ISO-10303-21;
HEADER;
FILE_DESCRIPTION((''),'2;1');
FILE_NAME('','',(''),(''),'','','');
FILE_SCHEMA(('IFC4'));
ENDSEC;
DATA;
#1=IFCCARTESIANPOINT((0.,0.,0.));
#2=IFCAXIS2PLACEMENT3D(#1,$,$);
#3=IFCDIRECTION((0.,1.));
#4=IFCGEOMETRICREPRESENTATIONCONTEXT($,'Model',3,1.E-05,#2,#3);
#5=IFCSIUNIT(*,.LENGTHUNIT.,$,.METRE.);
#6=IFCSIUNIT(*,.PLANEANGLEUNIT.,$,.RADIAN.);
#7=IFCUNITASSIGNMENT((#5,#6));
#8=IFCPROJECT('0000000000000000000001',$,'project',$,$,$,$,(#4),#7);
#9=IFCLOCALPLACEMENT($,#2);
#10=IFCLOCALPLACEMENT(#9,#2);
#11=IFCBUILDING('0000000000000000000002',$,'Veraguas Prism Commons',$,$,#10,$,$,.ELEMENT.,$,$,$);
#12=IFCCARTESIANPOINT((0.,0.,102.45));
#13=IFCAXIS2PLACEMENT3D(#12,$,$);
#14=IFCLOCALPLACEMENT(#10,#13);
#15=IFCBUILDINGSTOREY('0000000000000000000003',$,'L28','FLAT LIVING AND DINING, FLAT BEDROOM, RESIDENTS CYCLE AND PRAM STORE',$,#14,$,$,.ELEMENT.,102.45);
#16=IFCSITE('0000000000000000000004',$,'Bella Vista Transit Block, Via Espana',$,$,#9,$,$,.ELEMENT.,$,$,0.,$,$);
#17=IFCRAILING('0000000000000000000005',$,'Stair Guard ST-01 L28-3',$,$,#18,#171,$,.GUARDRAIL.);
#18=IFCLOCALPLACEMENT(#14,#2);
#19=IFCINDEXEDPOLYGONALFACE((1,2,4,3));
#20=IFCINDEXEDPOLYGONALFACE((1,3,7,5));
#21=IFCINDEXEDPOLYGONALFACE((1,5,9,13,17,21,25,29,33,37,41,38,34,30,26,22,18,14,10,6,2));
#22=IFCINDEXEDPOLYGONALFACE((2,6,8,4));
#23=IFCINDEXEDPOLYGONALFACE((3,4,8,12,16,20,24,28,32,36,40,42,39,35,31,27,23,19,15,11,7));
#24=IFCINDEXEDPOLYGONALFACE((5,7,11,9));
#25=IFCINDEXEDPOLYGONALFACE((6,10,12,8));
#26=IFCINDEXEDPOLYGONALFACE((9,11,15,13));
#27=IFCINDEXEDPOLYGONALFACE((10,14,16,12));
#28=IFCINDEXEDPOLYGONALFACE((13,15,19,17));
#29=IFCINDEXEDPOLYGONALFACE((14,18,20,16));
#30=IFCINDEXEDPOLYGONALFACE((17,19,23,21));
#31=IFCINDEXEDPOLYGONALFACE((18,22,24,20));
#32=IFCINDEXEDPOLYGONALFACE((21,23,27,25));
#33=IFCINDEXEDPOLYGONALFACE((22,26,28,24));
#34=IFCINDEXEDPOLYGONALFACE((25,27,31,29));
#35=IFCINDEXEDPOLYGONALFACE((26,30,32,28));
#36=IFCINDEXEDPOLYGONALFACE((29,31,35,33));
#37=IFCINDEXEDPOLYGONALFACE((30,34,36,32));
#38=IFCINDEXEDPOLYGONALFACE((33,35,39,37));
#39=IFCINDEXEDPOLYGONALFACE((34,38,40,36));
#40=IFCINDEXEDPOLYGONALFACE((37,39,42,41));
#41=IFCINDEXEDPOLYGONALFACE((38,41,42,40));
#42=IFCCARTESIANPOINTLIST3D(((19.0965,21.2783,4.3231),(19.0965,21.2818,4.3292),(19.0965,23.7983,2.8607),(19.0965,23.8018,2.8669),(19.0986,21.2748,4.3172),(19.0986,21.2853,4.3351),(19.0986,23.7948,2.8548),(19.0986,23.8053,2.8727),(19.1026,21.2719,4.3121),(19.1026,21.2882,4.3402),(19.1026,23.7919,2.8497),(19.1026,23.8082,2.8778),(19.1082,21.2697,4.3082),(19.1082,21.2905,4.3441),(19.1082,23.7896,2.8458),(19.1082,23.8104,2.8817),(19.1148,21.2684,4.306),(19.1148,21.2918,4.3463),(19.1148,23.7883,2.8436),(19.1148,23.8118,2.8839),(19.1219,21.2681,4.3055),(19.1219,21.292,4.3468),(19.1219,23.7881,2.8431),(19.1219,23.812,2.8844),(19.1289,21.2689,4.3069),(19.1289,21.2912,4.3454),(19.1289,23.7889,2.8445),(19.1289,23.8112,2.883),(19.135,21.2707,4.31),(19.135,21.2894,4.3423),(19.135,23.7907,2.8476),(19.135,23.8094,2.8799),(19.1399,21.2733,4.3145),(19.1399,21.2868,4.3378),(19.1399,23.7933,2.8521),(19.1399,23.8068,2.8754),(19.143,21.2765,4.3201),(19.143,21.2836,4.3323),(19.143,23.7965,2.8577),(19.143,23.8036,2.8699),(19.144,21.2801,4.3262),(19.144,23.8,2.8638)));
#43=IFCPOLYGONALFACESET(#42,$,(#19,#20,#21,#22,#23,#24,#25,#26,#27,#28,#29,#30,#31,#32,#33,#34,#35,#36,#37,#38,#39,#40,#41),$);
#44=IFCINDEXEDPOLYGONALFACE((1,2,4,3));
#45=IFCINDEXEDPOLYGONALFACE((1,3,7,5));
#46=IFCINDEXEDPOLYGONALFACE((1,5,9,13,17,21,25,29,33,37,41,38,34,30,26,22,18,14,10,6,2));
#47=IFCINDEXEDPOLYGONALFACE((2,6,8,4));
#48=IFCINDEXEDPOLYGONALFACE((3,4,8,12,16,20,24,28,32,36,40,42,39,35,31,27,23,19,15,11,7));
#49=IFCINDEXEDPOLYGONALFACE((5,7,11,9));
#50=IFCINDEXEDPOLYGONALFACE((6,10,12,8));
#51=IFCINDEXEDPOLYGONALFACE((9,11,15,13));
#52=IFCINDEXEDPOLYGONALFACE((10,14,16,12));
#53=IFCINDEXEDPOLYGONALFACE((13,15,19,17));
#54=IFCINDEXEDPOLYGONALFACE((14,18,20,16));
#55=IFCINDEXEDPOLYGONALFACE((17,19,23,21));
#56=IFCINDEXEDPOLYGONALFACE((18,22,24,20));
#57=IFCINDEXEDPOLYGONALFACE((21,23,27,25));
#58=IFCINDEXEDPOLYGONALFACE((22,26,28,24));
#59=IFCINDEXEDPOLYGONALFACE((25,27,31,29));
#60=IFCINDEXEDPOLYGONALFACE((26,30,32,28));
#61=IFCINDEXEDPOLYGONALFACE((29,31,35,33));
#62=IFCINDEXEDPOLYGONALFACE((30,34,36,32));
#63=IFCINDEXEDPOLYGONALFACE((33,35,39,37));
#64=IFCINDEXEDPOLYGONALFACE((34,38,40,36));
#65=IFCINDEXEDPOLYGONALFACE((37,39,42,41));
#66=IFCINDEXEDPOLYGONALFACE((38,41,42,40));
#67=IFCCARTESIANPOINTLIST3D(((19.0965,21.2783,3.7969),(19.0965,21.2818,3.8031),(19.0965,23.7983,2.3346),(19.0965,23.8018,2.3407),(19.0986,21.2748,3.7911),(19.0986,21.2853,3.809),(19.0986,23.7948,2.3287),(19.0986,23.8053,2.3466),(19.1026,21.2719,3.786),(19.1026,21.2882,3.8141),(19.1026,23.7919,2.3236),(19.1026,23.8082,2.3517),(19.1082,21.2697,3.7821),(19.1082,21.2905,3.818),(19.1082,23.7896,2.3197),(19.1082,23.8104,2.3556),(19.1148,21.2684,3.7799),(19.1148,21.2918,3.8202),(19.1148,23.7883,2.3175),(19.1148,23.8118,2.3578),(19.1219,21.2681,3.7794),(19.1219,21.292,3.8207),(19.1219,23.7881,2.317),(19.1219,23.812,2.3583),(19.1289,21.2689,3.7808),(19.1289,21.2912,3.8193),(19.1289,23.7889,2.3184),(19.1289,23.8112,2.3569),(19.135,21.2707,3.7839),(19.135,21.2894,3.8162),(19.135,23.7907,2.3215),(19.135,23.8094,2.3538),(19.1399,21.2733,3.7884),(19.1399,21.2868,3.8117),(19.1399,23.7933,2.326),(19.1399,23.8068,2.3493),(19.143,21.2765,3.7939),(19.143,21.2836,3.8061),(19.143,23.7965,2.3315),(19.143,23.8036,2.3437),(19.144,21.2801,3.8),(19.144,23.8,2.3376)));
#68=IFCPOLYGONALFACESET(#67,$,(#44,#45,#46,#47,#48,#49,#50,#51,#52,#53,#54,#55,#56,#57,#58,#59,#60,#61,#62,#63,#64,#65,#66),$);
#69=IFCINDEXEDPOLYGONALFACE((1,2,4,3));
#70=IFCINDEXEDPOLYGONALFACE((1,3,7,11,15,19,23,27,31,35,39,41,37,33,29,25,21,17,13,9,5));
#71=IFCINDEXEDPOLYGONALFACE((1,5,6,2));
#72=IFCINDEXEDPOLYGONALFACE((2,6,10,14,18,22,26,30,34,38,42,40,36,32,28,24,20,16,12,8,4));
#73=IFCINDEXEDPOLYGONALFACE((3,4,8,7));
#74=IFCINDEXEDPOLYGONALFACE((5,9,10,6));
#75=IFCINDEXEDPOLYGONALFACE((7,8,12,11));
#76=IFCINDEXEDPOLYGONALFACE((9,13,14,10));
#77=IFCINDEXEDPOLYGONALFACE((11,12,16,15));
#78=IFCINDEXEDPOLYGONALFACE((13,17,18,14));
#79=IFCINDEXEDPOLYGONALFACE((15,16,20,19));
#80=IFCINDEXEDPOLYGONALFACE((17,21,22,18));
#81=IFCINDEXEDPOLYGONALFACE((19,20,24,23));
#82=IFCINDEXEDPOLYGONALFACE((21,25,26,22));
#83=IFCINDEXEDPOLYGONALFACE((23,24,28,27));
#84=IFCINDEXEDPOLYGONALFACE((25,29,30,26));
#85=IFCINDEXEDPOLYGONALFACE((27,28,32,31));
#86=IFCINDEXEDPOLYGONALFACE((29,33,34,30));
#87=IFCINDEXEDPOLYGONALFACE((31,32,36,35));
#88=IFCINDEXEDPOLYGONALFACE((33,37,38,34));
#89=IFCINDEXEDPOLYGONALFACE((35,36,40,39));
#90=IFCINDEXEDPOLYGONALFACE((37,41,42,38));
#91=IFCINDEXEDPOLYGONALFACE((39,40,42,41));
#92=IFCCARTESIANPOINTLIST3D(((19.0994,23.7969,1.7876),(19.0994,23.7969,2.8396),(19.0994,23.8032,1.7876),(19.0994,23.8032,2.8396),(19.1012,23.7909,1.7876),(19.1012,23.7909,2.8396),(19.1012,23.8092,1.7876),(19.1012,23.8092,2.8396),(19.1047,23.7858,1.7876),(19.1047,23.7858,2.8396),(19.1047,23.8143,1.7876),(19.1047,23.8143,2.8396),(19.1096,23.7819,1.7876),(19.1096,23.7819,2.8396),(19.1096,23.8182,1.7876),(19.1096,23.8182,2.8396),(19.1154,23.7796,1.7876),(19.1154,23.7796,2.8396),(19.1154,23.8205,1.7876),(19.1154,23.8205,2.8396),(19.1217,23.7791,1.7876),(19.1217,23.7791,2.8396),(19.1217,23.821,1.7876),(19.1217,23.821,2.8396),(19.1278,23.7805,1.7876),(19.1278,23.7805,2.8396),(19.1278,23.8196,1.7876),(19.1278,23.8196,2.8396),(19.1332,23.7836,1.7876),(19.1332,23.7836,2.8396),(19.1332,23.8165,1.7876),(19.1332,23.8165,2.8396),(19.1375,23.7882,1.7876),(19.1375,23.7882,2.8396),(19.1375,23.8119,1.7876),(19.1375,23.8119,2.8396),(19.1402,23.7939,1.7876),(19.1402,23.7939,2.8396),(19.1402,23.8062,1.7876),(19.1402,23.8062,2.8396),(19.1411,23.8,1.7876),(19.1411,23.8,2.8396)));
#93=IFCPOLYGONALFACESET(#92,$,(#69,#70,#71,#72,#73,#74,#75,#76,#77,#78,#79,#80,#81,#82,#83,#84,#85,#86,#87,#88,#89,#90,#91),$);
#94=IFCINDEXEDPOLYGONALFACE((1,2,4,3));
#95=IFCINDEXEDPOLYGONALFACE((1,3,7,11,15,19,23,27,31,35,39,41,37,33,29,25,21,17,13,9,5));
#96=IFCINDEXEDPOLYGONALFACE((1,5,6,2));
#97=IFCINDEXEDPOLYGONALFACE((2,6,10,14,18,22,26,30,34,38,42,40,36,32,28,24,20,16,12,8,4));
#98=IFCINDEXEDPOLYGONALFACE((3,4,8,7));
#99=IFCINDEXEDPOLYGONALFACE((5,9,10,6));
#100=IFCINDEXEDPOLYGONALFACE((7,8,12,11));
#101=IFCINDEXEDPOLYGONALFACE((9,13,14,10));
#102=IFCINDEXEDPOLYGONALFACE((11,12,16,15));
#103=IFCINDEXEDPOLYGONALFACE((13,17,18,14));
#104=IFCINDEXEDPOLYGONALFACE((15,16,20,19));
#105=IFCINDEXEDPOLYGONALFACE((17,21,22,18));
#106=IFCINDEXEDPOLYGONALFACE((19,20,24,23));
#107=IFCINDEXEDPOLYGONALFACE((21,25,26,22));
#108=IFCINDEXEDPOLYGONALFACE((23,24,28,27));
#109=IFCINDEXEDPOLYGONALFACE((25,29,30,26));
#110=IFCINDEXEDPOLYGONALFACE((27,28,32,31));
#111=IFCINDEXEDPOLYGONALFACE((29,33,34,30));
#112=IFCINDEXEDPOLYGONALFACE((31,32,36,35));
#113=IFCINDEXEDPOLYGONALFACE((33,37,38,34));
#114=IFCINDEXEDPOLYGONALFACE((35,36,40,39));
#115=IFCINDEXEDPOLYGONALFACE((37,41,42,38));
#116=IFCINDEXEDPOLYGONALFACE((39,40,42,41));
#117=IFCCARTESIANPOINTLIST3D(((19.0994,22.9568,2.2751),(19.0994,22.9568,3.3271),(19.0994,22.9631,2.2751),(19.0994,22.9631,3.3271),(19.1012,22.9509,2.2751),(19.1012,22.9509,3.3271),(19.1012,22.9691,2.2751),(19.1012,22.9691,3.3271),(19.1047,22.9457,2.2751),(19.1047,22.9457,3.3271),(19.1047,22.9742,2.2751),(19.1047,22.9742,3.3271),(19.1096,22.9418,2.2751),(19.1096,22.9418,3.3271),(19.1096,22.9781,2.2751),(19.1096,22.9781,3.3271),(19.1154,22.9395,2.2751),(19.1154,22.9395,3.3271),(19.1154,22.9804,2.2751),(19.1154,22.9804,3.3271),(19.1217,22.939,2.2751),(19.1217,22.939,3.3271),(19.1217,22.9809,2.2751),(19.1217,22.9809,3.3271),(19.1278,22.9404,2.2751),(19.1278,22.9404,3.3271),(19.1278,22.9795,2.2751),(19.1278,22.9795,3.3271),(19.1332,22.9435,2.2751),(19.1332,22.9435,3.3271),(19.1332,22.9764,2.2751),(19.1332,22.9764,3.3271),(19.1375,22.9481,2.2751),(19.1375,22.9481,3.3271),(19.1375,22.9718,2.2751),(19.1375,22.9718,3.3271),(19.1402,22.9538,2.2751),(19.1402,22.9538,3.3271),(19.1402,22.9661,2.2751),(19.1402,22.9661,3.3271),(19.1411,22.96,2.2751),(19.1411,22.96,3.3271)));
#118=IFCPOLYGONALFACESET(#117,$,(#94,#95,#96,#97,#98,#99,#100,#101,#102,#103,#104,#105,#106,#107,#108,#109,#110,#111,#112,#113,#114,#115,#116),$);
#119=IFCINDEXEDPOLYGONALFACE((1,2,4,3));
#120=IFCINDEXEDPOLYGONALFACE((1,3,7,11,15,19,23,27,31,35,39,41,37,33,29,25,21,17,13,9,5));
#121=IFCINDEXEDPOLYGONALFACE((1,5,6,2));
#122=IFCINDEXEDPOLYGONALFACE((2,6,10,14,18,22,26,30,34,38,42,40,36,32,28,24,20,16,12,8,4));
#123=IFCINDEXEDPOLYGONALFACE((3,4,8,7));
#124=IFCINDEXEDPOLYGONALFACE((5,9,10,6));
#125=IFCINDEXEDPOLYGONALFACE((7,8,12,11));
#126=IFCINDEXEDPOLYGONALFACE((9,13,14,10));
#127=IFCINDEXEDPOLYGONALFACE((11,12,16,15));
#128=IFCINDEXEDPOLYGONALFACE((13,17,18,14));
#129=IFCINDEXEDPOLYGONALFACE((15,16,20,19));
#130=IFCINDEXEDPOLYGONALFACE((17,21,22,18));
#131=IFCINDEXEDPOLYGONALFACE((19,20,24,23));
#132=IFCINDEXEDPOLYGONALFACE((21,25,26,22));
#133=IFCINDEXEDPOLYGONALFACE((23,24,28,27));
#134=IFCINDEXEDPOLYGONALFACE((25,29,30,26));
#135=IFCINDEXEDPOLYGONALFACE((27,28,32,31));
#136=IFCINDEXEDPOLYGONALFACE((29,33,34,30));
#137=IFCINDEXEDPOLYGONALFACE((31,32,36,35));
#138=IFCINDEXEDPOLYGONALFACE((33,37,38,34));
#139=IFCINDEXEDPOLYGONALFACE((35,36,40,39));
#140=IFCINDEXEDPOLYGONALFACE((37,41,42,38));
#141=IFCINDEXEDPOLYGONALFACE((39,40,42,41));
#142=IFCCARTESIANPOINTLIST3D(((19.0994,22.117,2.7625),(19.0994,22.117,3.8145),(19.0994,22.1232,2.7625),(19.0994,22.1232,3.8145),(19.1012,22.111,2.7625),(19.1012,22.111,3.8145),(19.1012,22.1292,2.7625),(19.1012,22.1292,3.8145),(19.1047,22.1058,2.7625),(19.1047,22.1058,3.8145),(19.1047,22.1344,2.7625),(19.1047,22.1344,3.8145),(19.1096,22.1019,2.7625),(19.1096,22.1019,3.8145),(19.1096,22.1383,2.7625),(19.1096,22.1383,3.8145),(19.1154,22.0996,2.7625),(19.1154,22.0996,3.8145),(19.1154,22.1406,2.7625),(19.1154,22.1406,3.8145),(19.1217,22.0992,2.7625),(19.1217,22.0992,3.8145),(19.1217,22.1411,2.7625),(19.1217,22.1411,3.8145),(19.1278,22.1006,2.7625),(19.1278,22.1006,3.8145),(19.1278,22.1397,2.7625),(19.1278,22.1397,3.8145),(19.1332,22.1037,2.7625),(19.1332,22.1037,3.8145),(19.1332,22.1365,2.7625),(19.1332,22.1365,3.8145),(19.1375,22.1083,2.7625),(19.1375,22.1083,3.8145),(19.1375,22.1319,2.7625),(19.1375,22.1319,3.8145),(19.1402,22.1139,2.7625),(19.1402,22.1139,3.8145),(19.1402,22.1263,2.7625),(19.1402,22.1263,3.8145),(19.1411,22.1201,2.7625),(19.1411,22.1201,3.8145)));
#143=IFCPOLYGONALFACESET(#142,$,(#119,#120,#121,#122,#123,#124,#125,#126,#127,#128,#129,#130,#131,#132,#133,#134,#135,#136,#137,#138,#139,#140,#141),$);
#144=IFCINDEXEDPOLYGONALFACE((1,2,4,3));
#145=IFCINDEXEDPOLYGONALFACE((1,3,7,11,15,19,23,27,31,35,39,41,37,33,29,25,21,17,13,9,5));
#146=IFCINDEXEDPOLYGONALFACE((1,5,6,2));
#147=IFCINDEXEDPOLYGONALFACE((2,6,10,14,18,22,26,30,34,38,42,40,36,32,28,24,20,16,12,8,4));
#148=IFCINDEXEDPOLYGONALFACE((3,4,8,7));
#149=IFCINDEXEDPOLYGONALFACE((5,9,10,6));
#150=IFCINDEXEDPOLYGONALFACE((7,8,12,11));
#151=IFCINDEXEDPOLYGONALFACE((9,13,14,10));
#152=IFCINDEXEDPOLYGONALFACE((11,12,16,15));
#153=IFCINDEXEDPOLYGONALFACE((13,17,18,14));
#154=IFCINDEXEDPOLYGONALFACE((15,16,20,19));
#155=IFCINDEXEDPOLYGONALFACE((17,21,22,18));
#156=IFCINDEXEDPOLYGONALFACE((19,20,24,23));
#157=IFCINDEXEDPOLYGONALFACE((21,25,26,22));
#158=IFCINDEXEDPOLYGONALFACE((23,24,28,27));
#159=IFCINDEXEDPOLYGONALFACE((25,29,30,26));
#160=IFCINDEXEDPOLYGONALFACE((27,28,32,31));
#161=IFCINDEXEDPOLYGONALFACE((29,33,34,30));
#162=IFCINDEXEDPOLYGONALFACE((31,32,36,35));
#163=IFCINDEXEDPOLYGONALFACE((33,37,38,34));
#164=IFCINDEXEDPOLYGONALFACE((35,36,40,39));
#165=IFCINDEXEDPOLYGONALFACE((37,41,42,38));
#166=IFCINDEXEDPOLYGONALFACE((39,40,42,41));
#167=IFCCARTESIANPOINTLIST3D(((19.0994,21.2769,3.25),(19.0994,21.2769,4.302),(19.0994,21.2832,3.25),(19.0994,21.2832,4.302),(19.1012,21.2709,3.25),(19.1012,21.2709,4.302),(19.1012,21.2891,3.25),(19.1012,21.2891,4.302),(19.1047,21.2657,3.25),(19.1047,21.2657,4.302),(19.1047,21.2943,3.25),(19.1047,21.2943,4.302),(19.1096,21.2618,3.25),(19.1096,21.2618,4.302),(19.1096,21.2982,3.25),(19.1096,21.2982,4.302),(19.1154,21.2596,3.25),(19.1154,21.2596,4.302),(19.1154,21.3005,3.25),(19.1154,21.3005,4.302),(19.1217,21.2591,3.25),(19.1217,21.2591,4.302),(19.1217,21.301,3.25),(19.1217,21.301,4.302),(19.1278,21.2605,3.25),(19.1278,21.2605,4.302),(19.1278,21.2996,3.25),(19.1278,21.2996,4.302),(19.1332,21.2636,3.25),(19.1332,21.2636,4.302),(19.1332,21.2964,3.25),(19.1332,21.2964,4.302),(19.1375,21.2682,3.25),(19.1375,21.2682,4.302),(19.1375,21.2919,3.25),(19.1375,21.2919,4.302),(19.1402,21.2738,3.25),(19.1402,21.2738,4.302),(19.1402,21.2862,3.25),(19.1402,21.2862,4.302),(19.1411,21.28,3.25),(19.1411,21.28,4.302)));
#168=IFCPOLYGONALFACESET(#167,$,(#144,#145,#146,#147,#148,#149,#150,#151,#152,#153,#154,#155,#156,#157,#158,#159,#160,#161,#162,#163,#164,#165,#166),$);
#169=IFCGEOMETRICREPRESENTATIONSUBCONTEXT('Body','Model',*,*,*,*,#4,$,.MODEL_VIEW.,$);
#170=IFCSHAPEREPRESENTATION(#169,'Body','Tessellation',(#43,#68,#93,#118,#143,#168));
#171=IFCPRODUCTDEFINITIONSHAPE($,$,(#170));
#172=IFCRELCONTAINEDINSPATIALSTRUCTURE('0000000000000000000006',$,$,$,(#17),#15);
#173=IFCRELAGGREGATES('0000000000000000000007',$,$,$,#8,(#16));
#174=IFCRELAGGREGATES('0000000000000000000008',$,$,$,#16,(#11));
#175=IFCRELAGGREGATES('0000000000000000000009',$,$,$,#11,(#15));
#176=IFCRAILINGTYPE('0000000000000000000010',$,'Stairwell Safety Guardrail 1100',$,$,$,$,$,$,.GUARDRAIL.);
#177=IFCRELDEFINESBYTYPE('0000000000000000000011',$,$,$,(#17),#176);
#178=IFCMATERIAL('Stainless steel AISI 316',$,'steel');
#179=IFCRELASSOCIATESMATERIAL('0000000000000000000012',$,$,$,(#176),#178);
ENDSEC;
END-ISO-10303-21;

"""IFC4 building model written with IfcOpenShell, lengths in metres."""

from ifc_helpers import new_model, si_unit, direction, frame, origin, origin_2d, place, context, subcontext, project, spatial, circle, extrude, material, type_object, element, save


model = new_model("IFC4")

# Units and contexts
model_context = context("Model", 3, precision=1e-05, world=origin(), true_north=direction((0.0, 1.0)))
body_context = subcontext(model_context, "Body", "Model", "MODEL_VIEW")
ifc_project = project(units=[si_unit("LENGTHUNIT", "METRE"), si_unit("PLANEANGLEUNIT", "RADIAN")], contexts=[model_context])

# Site, building, storey
site_placement = place(None, origin())
site = spatial("IfcSite", under=ifc_project, at=site_placement, Name="Bella Vista Transit Block, Via Espana", CompositionType="ELEMENT", RefElevation=0.0)
building_placement = place(site_placement, origin())
building = spatial("IfcBuilding", under=site, at=building_placement, Name="Veraguas Prism Commons", CompositionType="ELEMENT")
storey_placement = place(building_placement, frame((0.0, 0.0, 102.45)))
storey = spatial("IfcBuildingStorey", under=building, at=storey_placement, Name="L28", Description="FLAT LIVING AND DINING, FLAT BEDROOM, RESIDENTS CYCLE AND PRAM STORE", CompositionType="ELEMENT", Elevation=102.45)

# Railing
ifc_material_1 = material(Name="Stainless steel AISI 316", Category="steel")
railing_type_1 = type_object("IfcRailingType", Name="Stairwell Safety Guardrail 1100", PredefinedType="GUARDRAIL", material=ifc_material_1)
railing_1_placement = place(storey_placement, frame((19.1201, 23.8, 1.7876)))
element("IfcRailing", 1, at=railing_1_placement, inside=storey, type_object=railing_type_1, Name="Stair Guard ST-01 L28-3", PredefinedType="GUARDRAIL", context=body_context, shape_type="SweptSolid", body=[
    extrude(circle(Radius=0.0239, at=origin_2d()), frame((0.0, 0.0, 1.0762), z_axis=(0.0, -0.864913, 0.501921), x_axis=(1.0, 0.0, 0.0)), (0.0, 0.0, 1.0), 2.9136),
    extrude(circle(Radius=0.0239, at=origin_2d()), frame((0.0, 0.0, 0.55), z_axis=(0.0, -0.864913, 0.501921), x_axis=(1.0, 0.0, 0.0)), (0.0, 0.0, 1.0), 2.9136),
    extrude(circle(Radius=0.021, at=origin_2d()), origin(), (0.0, 0.0, 1.0), 1.052),
    extrude(circle(Radius=0.021, at=origin_2d()), frame((0.0, -0.8401, 0.4875)), (0.0, 0.0, 1.0), 1.052),
    extrude(circle(Radius=0.021, at=origin_2d()), frame((0.0, -1.6799, 0.9749)), (0.0, 0.0, 1.0), 1.052),
    extrude(circle(Radius=0.021, at=origin_2d()), frame((0.0, -2.52, 1.4624)), (0.0, 0.0, 1.0), 1.052),
])

save(model, "model.ifc")
